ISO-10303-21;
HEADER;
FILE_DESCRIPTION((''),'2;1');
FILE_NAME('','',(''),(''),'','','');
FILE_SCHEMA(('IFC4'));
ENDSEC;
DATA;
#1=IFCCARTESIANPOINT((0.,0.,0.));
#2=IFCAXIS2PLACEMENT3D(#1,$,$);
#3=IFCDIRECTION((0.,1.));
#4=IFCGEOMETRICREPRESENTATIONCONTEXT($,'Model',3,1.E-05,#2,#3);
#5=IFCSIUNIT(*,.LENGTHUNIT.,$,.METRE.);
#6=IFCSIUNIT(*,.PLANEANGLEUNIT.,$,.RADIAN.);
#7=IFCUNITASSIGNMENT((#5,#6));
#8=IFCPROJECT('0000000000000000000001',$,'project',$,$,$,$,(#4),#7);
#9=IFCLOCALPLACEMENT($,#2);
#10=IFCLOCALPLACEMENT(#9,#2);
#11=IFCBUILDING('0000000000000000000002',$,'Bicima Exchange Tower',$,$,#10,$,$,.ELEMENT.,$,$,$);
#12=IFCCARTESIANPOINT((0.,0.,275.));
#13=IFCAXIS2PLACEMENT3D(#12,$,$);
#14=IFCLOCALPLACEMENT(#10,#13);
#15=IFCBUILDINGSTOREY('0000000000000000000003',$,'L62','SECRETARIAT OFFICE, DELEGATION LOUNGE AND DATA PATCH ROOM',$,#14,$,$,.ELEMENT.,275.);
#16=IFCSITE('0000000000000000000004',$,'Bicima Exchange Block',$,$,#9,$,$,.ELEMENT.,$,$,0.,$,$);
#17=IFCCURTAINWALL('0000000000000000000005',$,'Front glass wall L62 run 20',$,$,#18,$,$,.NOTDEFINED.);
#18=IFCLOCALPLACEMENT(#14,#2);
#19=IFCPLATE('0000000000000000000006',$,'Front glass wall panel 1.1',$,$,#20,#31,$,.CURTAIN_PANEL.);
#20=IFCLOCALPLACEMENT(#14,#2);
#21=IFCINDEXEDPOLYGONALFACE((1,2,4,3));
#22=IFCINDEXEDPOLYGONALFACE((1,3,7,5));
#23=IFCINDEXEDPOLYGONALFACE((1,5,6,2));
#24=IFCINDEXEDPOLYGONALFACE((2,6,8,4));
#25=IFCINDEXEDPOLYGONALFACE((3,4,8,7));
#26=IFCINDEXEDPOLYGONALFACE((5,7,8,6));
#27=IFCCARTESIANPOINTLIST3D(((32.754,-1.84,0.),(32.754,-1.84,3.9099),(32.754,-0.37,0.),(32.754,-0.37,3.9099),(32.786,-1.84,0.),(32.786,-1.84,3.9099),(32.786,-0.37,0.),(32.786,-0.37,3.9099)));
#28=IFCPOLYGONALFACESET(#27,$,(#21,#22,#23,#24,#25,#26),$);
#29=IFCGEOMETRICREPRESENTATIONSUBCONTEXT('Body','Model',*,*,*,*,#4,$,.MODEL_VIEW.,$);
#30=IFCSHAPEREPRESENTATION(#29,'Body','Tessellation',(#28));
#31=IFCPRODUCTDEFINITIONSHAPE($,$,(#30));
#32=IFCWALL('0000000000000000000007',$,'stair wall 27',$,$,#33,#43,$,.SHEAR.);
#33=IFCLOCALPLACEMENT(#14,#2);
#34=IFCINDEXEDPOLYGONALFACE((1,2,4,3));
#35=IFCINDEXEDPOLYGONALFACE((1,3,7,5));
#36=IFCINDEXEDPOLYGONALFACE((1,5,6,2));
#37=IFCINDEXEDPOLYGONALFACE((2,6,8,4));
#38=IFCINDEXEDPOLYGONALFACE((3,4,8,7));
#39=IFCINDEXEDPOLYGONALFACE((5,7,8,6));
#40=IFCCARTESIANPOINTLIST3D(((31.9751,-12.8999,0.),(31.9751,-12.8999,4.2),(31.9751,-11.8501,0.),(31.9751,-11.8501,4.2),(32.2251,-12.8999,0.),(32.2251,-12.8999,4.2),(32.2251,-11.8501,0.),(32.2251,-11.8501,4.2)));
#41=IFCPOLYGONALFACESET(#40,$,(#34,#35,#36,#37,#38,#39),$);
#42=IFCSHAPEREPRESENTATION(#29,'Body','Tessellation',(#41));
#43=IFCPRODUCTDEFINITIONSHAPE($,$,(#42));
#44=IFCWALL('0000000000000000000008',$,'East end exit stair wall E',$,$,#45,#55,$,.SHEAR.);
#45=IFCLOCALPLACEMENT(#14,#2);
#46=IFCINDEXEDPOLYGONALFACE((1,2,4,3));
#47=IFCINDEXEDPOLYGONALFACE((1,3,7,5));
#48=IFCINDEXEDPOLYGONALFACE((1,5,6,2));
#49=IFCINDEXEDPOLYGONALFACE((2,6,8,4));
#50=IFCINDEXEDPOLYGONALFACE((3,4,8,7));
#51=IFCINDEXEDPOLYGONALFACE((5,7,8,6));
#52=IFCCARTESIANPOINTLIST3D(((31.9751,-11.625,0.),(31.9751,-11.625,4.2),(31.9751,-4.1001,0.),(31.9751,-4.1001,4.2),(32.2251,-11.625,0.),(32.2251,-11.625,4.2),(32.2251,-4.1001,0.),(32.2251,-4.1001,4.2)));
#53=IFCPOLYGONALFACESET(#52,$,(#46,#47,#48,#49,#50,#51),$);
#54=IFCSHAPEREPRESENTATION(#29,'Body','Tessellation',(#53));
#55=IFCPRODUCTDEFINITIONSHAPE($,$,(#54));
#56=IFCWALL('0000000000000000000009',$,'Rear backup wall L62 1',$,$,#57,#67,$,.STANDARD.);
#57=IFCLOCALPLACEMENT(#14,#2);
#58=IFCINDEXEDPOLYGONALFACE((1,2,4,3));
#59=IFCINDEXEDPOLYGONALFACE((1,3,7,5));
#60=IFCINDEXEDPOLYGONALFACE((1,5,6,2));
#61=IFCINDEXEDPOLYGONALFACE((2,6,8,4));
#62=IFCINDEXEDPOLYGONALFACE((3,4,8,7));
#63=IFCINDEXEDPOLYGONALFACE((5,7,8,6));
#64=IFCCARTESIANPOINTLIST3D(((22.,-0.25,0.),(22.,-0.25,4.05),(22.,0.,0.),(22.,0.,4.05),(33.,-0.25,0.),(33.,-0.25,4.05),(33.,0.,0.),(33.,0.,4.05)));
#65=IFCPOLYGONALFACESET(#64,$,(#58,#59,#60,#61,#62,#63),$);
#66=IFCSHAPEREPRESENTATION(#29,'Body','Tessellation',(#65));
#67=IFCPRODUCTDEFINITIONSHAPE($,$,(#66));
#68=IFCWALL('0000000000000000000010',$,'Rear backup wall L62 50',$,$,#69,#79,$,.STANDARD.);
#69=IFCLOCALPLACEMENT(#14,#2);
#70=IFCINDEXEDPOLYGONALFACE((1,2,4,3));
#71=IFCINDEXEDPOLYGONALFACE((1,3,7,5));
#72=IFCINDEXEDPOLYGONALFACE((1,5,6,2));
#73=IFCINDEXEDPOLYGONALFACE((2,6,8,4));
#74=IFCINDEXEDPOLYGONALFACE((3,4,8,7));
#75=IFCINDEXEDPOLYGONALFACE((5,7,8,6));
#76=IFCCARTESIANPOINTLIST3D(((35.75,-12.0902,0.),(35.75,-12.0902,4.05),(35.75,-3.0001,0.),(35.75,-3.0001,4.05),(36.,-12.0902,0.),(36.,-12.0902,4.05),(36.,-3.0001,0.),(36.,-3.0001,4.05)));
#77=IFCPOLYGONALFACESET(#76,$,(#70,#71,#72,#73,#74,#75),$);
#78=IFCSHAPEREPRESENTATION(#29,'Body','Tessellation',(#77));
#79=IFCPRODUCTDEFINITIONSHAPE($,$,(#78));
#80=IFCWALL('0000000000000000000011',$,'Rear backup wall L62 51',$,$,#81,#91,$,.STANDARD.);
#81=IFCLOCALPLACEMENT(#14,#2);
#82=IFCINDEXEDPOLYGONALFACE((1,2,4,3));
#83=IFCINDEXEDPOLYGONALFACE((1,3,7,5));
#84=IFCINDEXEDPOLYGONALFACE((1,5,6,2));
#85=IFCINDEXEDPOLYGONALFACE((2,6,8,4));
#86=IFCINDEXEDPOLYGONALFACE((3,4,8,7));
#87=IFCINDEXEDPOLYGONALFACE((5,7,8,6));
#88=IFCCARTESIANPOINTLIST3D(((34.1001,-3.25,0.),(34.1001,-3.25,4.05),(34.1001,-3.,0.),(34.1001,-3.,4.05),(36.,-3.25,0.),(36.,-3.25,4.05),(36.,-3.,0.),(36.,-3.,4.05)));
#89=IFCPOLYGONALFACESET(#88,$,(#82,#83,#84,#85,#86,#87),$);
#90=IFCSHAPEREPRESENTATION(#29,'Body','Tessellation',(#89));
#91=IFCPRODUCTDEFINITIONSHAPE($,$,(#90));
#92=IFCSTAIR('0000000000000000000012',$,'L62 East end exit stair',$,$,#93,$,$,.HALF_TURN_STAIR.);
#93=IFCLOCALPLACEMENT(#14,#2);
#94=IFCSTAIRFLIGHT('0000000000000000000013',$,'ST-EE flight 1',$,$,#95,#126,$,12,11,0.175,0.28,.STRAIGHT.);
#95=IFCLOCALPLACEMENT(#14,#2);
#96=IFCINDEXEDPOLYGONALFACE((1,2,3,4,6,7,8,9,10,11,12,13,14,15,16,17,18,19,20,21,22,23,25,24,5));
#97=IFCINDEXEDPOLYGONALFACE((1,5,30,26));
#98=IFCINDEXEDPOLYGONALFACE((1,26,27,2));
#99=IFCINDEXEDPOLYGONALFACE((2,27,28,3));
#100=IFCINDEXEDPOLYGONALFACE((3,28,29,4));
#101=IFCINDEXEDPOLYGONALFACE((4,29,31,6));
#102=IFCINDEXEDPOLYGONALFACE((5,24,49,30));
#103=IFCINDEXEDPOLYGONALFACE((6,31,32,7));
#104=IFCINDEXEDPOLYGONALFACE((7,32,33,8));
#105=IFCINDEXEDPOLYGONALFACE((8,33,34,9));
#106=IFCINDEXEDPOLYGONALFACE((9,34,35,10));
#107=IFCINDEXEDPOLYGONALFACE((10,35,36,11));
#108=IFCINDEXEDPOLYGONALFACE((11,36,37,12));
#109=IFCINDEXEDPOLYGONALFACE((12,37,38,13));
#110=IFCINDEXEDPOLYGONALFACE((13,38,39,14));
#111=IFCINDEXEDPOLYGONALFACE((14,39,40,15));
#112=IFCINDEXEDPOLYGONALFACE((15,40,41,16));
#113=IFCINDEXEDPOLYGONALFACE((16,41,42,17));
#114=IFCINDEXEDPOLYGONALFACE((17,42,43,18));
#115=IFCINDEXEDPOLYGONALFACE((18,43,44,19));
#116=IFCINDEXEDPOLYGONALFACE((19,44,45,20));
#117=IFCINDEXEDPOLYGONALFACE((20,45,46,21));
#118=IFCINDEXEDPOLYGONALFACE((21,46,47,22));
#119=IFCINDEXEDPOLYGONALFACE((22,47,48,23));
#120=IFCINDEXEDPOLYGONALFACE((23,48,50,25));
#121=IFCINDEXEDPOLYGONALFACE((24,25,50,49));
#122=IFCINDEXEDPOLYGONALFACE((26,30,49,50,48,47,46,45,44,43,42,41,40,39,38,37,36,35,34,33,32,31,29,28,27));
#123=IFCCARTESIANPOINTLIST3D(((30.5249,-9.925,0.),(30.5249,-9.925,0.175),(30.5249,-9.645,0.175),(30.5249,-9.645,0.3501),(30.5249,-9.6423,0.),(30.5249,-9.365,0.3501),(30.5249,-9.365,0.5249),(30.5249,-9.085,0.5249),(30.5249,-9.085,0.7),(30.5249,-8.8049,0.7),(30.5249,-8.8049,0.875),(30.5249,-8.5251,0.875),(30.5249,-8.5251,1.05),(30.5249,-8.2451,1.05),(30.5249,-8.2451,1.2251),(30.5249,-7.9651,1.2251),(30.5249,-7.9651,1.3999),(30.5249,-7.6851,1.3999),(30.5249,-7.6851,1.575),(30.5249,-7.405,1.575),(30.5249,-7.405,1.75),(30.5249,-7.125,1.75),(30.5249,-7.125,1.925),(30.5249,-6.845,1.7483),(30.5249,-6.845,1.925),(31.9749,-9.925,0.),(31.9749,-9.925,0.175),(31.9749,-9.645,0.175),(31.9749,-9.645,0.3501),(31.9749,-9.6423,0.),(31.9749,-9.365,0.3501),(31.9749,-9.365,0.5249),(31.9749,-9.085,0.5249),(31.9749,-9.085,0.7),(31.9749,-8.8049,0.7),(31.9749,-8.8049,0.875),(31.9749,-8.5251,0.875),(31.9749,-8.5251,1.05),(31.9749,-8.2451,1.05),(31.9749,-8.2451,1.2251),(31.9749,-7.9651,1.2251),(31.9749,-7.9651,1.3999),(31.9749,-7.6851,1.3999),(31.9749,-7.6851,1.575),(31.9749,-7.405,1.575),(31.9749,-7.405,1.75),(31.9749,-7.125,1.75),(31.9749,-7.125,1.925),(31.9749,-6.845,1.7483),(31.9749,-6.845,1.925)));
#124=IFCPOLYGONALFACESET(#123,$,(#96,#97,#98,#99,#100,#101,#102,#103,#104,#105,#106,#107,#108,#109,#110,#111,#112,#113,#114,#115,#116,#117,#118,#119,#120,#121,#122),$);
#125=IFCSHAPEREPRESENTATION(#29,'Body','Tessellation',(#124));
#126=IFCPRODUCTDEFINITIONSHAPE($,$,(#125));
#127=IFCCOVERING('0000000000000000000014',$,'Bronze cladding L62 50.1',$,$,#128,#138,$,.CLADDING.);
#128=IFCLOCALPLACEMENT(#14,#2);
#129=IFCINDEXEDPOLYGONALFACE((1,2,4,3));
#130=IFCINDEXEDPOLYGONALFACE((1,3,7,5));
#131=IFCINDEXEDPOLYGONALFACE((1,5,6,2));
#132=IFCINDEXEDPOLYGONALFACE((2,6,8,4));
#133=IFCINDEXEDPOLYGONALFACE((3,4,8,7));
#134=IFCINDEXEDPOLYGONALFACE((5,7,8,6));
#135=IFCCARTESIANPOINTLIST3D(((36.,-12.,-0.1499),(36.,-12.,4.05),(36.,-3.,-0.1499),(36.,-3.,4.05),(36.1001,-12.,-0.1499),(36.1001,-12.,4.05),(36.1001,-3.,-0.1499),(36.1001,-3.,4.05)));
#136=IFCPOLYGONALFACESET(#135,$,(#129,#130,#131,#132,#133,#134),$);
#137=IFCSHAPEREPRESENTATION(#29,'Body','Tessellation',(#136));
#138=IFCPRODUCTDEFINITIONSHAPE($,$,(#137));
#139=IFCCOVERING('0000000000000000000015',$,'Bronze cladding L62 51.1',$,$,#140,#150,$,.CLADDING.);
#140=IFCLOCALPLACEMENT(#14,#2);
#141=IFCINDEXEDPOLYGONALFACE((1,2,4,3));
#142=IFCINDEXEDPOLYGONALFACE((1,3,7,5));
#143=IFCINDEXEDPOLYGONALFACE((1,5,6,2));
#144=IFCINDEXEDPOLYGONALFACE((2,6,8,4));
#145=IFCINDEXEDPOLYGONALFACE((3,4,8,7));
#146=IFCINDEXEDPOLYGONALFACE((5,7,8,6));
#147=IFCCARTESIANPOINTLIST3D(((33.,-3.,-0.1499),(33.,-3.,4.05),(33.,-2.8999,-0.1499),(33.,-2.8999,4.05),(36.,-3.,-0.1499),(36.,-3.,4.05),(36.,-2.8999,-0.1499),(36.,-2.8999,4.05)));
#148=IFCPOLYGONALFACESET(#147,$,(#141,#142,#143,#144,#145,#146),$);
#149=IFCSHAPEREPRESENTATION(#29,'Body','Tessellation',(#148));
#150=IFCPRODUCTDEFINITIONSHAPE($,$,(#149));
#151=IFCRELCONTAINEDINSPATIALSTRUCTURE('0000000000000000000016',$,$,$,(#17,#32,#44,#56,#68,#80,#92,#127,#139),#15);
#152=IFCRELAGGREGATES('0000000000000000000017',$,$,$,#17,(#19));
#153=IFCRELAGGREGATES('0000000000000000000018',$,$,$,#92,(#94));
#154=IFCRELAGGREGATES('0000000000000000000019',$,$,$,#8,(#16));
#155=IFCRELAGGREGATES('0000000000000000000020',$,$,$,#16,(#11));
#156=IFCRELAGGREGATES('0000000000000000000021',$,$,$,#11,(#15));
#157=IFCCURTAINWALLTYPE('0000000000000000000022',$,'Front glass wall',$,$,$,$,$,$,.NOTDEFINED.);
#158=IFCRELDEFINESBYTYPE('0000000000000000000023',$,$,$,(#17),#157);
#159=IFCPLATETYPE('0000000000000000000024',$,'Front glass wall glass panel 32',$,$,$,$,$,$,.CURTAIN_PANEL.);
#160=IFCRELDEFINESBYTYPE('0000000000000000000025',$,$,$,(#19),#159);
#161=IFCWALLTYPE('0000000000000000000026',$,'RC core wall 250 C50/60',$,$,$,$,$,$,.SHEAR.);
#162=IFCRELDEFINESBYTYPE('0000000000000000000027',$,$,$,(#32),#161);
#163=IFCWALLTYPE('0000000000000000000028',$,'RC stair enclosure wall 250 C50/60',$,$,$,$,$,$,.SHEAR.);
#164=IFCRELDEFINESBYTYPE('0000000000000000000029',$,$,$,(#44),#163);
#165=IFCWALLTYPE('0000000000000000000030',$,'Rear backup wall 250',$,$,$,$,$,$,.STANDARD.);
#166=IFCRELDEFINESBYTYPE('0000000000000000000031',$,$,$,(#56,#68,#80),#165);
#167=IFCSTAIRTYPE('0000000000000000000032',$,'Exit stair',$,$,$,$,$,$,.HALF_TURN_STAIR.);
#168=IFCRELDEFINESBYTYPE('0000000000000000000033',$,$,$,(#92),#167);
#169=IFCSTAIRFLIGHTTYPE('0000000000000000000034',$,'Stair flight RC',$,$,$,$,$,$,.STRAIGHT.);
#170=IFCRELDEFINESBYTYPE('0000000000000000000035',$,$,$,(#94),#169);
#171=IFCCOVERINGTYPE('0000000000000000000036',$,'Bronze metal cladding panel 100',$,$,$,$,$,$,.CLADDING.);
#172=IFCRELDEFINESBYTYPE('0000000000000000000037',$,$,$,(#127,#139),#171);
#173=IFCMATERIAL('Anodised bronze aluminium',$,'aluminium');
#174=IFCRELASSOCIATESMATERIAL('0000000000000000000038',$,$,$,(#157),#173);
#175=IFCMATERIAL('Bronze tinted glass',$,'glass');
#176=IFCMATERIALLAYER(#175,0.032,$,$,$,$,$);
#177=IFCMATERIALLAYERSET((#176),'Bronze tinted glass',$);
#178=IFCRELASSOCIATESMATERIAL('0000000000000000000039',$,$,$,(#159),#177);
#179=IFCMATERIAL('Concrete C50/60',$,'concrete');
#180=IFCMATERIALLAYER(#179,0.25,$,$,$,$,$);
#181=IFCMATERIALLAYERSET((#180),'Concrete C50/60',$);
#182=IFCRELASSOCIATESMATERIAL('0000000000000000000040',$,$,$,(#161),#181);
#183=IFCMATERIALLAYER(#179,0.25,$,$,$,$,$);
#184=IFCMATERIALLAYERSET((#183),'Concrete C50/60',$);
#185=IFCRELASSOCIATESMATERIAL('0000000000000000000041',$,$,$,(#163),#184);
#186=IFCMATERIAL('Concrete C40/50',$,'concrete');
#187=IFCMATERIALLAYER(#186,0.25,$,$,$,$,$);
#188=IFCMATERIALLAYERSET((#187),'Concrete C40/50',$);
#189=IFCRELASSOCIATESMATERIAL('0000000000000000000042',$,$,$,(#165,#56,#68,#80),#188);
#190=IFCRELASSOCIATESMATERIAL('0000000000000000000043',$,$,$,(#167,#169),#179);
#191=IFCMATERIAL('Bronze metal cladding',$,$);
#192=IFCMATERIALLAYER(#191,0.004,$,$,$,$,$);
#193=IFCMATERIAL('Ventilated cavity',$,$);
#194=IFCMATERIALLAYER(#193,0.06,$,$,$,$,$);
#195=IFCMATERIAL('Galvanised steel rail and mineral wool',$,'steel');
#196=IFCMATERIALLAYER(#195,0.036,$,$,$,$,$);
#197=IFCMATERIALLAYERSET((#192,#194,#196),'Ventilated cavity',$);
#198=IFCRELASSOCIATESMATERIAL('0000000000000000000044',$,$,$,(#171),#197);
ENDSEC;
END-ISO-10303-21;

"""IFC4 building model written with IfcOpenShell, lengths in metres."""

from ifc_helpers import new_model, si_unit, direction, frame, frame_2d, origin, origin_2d, place, context, subcontext, project, spatial, polyline, rectangle, outline, extrude, material, layer, layer_set, layer_usage, type_object, element, aggregate, save


model = new_model("IFC4")

# Units and contexts
model_context = context("Model", 3, precision=1e-05, world=origin(), true_north=direction((0.0, 1.0)))
body_context = subcontext(model_context, "Body", "Model", "MODEL_VIEW")
ifc_project = project(units=[si_unit("LENGTHUNIT", "METRE"), si_unit("PLANEANGLEUNIT", "RADIAN")], contexts=[model_context])

# Site, building, storey
site_placement = place(None, origin())
site = spatial("IfcSite", under=ifc_project, at=site_placement, Name="Bicima Exchange Block", CompositionType="ELEMENT", RefElevation=0.0)
building_placement = place(site_placement, origin())
building = spatial("IfcBuilding", under=site, at=building_placement, Name="Bicima Exchange Tower", CompositionType="ELEMENT")
storey_placement = place(building_placement, frame((0.0, 0.0, 275.0)))
storey = spatial("IfcBuildingStorey", under=building, at=storey_placement, Name="L62", Description="SECRETARIAT OFFICE, DELEGATION LOUNGE AND DATA PATCH ROOM", CompositionType="ELEMENT", Elevation=275.0)

# Shared definitions
ifc_material_1 = material(Name="Anodised bronze aluminium", Category="aluminium")

# Curtain wall
curtain_wall_type_1 = type_object("IfcCurtainWallType", Name="Front glass wall", PredefinedType="NOTDEFINED", material=ifc_material_1)
curtain_wall_1_placement = place(storey_placement, origin())
curtain_wall_1 = element("IfcCurtainWall", 1, at=curtain_wall_1_placement, inside=storey, type_object=curtain_wall_type_1, Name="Front glass wall L62 run 20", PredefinedType="NOTDEFINED")

# Plate
ifc_material_2 = material(Name="Bronze tinted glass", Category="glass")
ifc_layer_1 = layer(ifc_material_2, 0.032)
ifc_layer_set_1 = layer_set([ifc_layer_1], Name="Bronze tinted glass")
plate_type = type_object("IfcPlateType", Name="Front glass wall glass panel 32", PredefinedType="CURTAIN_PANEL", material=ifc_layer_set_1)
plate_placement = place(storey_placement, frame((32.77, -1.105, 0.0), z_axis=(0.0, 0.0, 1.0), x_axis=(0.0, 1.0, 0.0)))
plate = element("IfcPlate", 2, at=plate_placement, type_object=plate_type, Name="Front glass wall panel 1.1", PredefinedType="CURTAIN_PANEL", context=body_context, shape_type="SweptSolid", body=[
    extrude(rectangle(XDim=1.47, YDim=0.032, at=origin_2d()), origin(), (0.0, 0.0, 1.0), 3.9099),
])
aggregate(curtain_wall_1, [plate])

# Walls
ifc_material_3 = material(Name="Concrete C50/60", Category="concrete")
ifc_layer_2 = layer(ifc_material_3, 0.25)
ifc_layer_set_2 = layer_set([ifc_layer_2], Name="Concrete C50/60")
wall_type_1 = type_object("IfcWallType", Name="RC core wall 250 C50/60", PredefinedType="SHEAR", material=ifc_layer_set_2)
wall_1_placement = place(storey_placement, frame((32.1001, -12.8999, 0.0), z_axis=(0.0, 0.0, 1.0), x_axis=(0.0, 1.0, 0.0)))
element("IfcWall", 3, at=wall_1_placement, inside=storey, type_object=wall_type_1, Name="stair wall 27", PredefinedType="SHEAR", context=body_context, shape_type="SweptSolid", body=[
    extrude(rectangle(XDim=1.0498, YDim=0.25, at=frame_2d((0.5249, 0.0))), origin(), (0.0, 0.0, 1.0), 4.2),
])
ifc_layer_3 = layer(ifc_material_3, 0.25)
ifc_layer_set_3 = layer_set([ifc_layer_3], Name="Concrete C50/60")
wall_type_2 = type_object("IfcWallType", Name="RC stair enclosure wall 250 C50/60", PredefinedType="SHEAR", material=ifc_layer_set_3)
wall_2_placement = place(storey_placement, frame((32.1001, -11.625, 0.0), z_axis=(0.0, 0.0, 1.0), x_axis=(0.0, 1.0, 0.0)))
element("IfcWall", 4, at=wall_2_placement, inside=storey, type_object=wall_type_2, Name="East end exit stair wall E", PredefinedType="SHEAR", context=body_context, shape_type="SweptSolid", body=[
    extrude(rectangle(XDim=7.5249, YDim=0.25, at=frame_2d((3.7625, 0.0))), origin(), (0.0, 0.0, 1.0), 4.2),
])
ifc_material_4 = material(Name="Concrete C40/50", Category="concrete")
ifc_layer_4 = layer(ifc_material_4, 0.25)
ifc_layer_set_4 = layer_set([ifc_layer_4], Name="Concrete C40/50")
ifc_layer_usage = layer_usage(ifc_layer_set_4, "AXIS2", "POSITIVE", -0.125)
wall_type_3 = type_object("IfcWallType", Name="Rear backup wall 250", PredefinedType="STANDARD", material=ifc_layer_set_4)
wall_3_placement = place(storey_placement, frame((33.0, -0.125, 0.0), z_axis=(0.0, 0.0, 1.0), x_axis=(-1.0, 0.0, 0.0)))
element("IfcWall", 5, at=wall_3_placement, inside=storey, type_object=wall_type_3, material=ifc_layer_usage, Name="Rear backup wall L62 1", PredefinedType="STANDARD", context=body_context, shape_type="SweptSolid", body=[
    extrude(rectangle(XDim=11.0, YDim=0.25, at=frame_2d((5.5, 0.0))), origin(), (0.0, 0.0, 1.0), 4.05),
])
wall_4_placement = place(storey_placement, frame((35.875, -12.0901, 0.0), z_axis=(0.0, 0.0, 1.0), x_axis=(0.0, 1.0, 0.0)))
element("IfcWall", 6, at=wall_4_placement, inside=storey, type_object=wall_type_3, material=ifc_layer_usage, Name="Rear backup wall L62 50", PredefinedType="STANDARD", context=body_context, shape_type="SweptSolid", body=[
    extrude(rectangle(XDim=9.0901, YDim=0.25, at=frame_2d((4.5449, 0.0))), origin(), (0.0, 0.0, 1.0), 4.05),
])
wall_5_placement = place(storey_placement, frame((36.0, -3.125, 0.0), z_axis=(0.0, 0.0, 1.0), x_axis=(-1.0, 0.0, 0.0)))
element("IfcWall", 7, at=wall_5_placement, inside=storey, type_object=wall_type_3, material=ifc_layer_usage, Name="Rear backup wall L62 51", PredefinedType="STANDARD", context=body_context, shape_type="SweptSolid", body=[
    extrude(rectangle(XDim=1.8999, YDim=0.25, at=frame_2d((0.95, 0.0))), origin(), (0.0, 0.0, 1.0), 4.05),
])

# Stair, stair flight
stair_type = type_object("IfcStairType", Name="Exit stair", PredefinedType="HALF_TURN_STAIR", material=ifc_material_3)
stair_placement = place(storey_placement, origin())
stair = element("IfcStair", 8, at=stair_placement, inside=storey, type_object=stair_type, Name="L62 East end exit stair", PredefinedType="HALF_TURN_STAIR")
stair_flight_type = type_object("IfcStairFlightType", Name="Stair flight RC", PredefinedType="STRAIGHT", material=ifc_material_3)
stair_flight_placement = place(storey_placement, frame((31.25, -9.925, 0.0), z_axis=(0.0, 0.0, 1.0), x_axis=(0.0, 1.0, 0.0)))
stair_flight = element("IfcStairFlight", 9, at=stair_flight_placement, type_object=stair_flight_type, Name="ST-EE flight 1", NumberOfRisers=12, NumberOfTreads=11, PredefinedType="STRAIGHT", RiserHeight=0.175, TreadLength=0.28, context=body_context, shape_type="SweptSolid", body=[
    extrude(outline(polyline([(0.0, 0.0), (0.0, 0.175), (0.28, 0.175), (0.28, 0.3501), (0.5601, 0.3501), (0.5601, 0.5249), (0.8401, 0.5249), (0.8401, 0.7), (1.1201, 0.7), (1.1201, 0.875), (1.3999, 0.875), (1.3999, 1.05), (1.6799, 1.05), (1.6799, 1.2251), (1.96, 1.2251), (1.96, 1.3999), (2.24, 1.3999), (2.24, 1.575), (2.52, 1.575), (2.52, 1.75), (2.8, 1.75), (2.8, 1.925), (3.0801, 1.925), (3.0801, 2.1001), (3.0801, 1.7483), (0.2827, 0.0), (0.0, 0.0)])), frame((0.0, 0.7251, 0.0), z_axis=(0.0, -1.0, 0.0), x_axis=(1.0, 0.0, 0.0)), (0.0, 0.0, 1.0), 1.45),
])
aggregate(stair, [stair_flight])

# Coverings
ifc_material_5 = material(Name="Bronze metal cladding")
ifc_layer_5 = layer(ifc_material_5, 0.004)
ifc_material_6 = material(Name="Ventilated cavity")
ifc_layer_6 = layer(ifc_material_6, 0.06)
ifc_material_7 = material(Name="Galvanised steel rail and mineral wool", Category="steel")
ifc_layer_7 = layer(ifc_material_7, 0.036)
ifc_layer_set_5 = layer_set([ifc_layer_5, ifc_layer_6, ifc_layer_7], Name="Ventilated cavity")
covering_type = type_object("IfcCoveringType", Name="Bronze metal cladding panel 100", PredefinedType="CLADDING", material=ifc_layer_set_5)
covering_1_placement = place(storey_placement, frame((36.05, -7.5, -0.1499), z_axis=(0.0, 0.0, 1.0), x_axis=(0.0, 1.0, 0.0)))
element("IfcCovering", 10, at=covering_1_placement, inside=storey, type_object=covering_type, Name="Bronze cladding L62 50.1", PredefinedType="CLADDING", context=body_context, shape_type="SweptSolid", body=[
    extrude(rectangle(XDim=9.0, YDim=0.1001, at=origin_2d()), origin(), (0.0, 0.0, 1.0), 4.2),
])
covering_2_placement = place(storey_placement, frame((34.5, -2.95, -0.1499), z_axis=(0.0, 0.0, 1.0), x_axis=(-1.0, 0.0, 0.0)))
element("IfcCovering", 11, at=covering_2_placement, inside=storey, type_object=covering_type, Name="Bronze cladding L62 51.1", PredefinedType="CLADDING", context=body_context, shape_type="SweptSolid", body=[
    extrude(rectangle(XDim=3.0, YDim=0.1001, at=origin_2d()), origin(), (0.0, 0.0, 1.0), 4.2),
])

save(model, "model.ifc")
